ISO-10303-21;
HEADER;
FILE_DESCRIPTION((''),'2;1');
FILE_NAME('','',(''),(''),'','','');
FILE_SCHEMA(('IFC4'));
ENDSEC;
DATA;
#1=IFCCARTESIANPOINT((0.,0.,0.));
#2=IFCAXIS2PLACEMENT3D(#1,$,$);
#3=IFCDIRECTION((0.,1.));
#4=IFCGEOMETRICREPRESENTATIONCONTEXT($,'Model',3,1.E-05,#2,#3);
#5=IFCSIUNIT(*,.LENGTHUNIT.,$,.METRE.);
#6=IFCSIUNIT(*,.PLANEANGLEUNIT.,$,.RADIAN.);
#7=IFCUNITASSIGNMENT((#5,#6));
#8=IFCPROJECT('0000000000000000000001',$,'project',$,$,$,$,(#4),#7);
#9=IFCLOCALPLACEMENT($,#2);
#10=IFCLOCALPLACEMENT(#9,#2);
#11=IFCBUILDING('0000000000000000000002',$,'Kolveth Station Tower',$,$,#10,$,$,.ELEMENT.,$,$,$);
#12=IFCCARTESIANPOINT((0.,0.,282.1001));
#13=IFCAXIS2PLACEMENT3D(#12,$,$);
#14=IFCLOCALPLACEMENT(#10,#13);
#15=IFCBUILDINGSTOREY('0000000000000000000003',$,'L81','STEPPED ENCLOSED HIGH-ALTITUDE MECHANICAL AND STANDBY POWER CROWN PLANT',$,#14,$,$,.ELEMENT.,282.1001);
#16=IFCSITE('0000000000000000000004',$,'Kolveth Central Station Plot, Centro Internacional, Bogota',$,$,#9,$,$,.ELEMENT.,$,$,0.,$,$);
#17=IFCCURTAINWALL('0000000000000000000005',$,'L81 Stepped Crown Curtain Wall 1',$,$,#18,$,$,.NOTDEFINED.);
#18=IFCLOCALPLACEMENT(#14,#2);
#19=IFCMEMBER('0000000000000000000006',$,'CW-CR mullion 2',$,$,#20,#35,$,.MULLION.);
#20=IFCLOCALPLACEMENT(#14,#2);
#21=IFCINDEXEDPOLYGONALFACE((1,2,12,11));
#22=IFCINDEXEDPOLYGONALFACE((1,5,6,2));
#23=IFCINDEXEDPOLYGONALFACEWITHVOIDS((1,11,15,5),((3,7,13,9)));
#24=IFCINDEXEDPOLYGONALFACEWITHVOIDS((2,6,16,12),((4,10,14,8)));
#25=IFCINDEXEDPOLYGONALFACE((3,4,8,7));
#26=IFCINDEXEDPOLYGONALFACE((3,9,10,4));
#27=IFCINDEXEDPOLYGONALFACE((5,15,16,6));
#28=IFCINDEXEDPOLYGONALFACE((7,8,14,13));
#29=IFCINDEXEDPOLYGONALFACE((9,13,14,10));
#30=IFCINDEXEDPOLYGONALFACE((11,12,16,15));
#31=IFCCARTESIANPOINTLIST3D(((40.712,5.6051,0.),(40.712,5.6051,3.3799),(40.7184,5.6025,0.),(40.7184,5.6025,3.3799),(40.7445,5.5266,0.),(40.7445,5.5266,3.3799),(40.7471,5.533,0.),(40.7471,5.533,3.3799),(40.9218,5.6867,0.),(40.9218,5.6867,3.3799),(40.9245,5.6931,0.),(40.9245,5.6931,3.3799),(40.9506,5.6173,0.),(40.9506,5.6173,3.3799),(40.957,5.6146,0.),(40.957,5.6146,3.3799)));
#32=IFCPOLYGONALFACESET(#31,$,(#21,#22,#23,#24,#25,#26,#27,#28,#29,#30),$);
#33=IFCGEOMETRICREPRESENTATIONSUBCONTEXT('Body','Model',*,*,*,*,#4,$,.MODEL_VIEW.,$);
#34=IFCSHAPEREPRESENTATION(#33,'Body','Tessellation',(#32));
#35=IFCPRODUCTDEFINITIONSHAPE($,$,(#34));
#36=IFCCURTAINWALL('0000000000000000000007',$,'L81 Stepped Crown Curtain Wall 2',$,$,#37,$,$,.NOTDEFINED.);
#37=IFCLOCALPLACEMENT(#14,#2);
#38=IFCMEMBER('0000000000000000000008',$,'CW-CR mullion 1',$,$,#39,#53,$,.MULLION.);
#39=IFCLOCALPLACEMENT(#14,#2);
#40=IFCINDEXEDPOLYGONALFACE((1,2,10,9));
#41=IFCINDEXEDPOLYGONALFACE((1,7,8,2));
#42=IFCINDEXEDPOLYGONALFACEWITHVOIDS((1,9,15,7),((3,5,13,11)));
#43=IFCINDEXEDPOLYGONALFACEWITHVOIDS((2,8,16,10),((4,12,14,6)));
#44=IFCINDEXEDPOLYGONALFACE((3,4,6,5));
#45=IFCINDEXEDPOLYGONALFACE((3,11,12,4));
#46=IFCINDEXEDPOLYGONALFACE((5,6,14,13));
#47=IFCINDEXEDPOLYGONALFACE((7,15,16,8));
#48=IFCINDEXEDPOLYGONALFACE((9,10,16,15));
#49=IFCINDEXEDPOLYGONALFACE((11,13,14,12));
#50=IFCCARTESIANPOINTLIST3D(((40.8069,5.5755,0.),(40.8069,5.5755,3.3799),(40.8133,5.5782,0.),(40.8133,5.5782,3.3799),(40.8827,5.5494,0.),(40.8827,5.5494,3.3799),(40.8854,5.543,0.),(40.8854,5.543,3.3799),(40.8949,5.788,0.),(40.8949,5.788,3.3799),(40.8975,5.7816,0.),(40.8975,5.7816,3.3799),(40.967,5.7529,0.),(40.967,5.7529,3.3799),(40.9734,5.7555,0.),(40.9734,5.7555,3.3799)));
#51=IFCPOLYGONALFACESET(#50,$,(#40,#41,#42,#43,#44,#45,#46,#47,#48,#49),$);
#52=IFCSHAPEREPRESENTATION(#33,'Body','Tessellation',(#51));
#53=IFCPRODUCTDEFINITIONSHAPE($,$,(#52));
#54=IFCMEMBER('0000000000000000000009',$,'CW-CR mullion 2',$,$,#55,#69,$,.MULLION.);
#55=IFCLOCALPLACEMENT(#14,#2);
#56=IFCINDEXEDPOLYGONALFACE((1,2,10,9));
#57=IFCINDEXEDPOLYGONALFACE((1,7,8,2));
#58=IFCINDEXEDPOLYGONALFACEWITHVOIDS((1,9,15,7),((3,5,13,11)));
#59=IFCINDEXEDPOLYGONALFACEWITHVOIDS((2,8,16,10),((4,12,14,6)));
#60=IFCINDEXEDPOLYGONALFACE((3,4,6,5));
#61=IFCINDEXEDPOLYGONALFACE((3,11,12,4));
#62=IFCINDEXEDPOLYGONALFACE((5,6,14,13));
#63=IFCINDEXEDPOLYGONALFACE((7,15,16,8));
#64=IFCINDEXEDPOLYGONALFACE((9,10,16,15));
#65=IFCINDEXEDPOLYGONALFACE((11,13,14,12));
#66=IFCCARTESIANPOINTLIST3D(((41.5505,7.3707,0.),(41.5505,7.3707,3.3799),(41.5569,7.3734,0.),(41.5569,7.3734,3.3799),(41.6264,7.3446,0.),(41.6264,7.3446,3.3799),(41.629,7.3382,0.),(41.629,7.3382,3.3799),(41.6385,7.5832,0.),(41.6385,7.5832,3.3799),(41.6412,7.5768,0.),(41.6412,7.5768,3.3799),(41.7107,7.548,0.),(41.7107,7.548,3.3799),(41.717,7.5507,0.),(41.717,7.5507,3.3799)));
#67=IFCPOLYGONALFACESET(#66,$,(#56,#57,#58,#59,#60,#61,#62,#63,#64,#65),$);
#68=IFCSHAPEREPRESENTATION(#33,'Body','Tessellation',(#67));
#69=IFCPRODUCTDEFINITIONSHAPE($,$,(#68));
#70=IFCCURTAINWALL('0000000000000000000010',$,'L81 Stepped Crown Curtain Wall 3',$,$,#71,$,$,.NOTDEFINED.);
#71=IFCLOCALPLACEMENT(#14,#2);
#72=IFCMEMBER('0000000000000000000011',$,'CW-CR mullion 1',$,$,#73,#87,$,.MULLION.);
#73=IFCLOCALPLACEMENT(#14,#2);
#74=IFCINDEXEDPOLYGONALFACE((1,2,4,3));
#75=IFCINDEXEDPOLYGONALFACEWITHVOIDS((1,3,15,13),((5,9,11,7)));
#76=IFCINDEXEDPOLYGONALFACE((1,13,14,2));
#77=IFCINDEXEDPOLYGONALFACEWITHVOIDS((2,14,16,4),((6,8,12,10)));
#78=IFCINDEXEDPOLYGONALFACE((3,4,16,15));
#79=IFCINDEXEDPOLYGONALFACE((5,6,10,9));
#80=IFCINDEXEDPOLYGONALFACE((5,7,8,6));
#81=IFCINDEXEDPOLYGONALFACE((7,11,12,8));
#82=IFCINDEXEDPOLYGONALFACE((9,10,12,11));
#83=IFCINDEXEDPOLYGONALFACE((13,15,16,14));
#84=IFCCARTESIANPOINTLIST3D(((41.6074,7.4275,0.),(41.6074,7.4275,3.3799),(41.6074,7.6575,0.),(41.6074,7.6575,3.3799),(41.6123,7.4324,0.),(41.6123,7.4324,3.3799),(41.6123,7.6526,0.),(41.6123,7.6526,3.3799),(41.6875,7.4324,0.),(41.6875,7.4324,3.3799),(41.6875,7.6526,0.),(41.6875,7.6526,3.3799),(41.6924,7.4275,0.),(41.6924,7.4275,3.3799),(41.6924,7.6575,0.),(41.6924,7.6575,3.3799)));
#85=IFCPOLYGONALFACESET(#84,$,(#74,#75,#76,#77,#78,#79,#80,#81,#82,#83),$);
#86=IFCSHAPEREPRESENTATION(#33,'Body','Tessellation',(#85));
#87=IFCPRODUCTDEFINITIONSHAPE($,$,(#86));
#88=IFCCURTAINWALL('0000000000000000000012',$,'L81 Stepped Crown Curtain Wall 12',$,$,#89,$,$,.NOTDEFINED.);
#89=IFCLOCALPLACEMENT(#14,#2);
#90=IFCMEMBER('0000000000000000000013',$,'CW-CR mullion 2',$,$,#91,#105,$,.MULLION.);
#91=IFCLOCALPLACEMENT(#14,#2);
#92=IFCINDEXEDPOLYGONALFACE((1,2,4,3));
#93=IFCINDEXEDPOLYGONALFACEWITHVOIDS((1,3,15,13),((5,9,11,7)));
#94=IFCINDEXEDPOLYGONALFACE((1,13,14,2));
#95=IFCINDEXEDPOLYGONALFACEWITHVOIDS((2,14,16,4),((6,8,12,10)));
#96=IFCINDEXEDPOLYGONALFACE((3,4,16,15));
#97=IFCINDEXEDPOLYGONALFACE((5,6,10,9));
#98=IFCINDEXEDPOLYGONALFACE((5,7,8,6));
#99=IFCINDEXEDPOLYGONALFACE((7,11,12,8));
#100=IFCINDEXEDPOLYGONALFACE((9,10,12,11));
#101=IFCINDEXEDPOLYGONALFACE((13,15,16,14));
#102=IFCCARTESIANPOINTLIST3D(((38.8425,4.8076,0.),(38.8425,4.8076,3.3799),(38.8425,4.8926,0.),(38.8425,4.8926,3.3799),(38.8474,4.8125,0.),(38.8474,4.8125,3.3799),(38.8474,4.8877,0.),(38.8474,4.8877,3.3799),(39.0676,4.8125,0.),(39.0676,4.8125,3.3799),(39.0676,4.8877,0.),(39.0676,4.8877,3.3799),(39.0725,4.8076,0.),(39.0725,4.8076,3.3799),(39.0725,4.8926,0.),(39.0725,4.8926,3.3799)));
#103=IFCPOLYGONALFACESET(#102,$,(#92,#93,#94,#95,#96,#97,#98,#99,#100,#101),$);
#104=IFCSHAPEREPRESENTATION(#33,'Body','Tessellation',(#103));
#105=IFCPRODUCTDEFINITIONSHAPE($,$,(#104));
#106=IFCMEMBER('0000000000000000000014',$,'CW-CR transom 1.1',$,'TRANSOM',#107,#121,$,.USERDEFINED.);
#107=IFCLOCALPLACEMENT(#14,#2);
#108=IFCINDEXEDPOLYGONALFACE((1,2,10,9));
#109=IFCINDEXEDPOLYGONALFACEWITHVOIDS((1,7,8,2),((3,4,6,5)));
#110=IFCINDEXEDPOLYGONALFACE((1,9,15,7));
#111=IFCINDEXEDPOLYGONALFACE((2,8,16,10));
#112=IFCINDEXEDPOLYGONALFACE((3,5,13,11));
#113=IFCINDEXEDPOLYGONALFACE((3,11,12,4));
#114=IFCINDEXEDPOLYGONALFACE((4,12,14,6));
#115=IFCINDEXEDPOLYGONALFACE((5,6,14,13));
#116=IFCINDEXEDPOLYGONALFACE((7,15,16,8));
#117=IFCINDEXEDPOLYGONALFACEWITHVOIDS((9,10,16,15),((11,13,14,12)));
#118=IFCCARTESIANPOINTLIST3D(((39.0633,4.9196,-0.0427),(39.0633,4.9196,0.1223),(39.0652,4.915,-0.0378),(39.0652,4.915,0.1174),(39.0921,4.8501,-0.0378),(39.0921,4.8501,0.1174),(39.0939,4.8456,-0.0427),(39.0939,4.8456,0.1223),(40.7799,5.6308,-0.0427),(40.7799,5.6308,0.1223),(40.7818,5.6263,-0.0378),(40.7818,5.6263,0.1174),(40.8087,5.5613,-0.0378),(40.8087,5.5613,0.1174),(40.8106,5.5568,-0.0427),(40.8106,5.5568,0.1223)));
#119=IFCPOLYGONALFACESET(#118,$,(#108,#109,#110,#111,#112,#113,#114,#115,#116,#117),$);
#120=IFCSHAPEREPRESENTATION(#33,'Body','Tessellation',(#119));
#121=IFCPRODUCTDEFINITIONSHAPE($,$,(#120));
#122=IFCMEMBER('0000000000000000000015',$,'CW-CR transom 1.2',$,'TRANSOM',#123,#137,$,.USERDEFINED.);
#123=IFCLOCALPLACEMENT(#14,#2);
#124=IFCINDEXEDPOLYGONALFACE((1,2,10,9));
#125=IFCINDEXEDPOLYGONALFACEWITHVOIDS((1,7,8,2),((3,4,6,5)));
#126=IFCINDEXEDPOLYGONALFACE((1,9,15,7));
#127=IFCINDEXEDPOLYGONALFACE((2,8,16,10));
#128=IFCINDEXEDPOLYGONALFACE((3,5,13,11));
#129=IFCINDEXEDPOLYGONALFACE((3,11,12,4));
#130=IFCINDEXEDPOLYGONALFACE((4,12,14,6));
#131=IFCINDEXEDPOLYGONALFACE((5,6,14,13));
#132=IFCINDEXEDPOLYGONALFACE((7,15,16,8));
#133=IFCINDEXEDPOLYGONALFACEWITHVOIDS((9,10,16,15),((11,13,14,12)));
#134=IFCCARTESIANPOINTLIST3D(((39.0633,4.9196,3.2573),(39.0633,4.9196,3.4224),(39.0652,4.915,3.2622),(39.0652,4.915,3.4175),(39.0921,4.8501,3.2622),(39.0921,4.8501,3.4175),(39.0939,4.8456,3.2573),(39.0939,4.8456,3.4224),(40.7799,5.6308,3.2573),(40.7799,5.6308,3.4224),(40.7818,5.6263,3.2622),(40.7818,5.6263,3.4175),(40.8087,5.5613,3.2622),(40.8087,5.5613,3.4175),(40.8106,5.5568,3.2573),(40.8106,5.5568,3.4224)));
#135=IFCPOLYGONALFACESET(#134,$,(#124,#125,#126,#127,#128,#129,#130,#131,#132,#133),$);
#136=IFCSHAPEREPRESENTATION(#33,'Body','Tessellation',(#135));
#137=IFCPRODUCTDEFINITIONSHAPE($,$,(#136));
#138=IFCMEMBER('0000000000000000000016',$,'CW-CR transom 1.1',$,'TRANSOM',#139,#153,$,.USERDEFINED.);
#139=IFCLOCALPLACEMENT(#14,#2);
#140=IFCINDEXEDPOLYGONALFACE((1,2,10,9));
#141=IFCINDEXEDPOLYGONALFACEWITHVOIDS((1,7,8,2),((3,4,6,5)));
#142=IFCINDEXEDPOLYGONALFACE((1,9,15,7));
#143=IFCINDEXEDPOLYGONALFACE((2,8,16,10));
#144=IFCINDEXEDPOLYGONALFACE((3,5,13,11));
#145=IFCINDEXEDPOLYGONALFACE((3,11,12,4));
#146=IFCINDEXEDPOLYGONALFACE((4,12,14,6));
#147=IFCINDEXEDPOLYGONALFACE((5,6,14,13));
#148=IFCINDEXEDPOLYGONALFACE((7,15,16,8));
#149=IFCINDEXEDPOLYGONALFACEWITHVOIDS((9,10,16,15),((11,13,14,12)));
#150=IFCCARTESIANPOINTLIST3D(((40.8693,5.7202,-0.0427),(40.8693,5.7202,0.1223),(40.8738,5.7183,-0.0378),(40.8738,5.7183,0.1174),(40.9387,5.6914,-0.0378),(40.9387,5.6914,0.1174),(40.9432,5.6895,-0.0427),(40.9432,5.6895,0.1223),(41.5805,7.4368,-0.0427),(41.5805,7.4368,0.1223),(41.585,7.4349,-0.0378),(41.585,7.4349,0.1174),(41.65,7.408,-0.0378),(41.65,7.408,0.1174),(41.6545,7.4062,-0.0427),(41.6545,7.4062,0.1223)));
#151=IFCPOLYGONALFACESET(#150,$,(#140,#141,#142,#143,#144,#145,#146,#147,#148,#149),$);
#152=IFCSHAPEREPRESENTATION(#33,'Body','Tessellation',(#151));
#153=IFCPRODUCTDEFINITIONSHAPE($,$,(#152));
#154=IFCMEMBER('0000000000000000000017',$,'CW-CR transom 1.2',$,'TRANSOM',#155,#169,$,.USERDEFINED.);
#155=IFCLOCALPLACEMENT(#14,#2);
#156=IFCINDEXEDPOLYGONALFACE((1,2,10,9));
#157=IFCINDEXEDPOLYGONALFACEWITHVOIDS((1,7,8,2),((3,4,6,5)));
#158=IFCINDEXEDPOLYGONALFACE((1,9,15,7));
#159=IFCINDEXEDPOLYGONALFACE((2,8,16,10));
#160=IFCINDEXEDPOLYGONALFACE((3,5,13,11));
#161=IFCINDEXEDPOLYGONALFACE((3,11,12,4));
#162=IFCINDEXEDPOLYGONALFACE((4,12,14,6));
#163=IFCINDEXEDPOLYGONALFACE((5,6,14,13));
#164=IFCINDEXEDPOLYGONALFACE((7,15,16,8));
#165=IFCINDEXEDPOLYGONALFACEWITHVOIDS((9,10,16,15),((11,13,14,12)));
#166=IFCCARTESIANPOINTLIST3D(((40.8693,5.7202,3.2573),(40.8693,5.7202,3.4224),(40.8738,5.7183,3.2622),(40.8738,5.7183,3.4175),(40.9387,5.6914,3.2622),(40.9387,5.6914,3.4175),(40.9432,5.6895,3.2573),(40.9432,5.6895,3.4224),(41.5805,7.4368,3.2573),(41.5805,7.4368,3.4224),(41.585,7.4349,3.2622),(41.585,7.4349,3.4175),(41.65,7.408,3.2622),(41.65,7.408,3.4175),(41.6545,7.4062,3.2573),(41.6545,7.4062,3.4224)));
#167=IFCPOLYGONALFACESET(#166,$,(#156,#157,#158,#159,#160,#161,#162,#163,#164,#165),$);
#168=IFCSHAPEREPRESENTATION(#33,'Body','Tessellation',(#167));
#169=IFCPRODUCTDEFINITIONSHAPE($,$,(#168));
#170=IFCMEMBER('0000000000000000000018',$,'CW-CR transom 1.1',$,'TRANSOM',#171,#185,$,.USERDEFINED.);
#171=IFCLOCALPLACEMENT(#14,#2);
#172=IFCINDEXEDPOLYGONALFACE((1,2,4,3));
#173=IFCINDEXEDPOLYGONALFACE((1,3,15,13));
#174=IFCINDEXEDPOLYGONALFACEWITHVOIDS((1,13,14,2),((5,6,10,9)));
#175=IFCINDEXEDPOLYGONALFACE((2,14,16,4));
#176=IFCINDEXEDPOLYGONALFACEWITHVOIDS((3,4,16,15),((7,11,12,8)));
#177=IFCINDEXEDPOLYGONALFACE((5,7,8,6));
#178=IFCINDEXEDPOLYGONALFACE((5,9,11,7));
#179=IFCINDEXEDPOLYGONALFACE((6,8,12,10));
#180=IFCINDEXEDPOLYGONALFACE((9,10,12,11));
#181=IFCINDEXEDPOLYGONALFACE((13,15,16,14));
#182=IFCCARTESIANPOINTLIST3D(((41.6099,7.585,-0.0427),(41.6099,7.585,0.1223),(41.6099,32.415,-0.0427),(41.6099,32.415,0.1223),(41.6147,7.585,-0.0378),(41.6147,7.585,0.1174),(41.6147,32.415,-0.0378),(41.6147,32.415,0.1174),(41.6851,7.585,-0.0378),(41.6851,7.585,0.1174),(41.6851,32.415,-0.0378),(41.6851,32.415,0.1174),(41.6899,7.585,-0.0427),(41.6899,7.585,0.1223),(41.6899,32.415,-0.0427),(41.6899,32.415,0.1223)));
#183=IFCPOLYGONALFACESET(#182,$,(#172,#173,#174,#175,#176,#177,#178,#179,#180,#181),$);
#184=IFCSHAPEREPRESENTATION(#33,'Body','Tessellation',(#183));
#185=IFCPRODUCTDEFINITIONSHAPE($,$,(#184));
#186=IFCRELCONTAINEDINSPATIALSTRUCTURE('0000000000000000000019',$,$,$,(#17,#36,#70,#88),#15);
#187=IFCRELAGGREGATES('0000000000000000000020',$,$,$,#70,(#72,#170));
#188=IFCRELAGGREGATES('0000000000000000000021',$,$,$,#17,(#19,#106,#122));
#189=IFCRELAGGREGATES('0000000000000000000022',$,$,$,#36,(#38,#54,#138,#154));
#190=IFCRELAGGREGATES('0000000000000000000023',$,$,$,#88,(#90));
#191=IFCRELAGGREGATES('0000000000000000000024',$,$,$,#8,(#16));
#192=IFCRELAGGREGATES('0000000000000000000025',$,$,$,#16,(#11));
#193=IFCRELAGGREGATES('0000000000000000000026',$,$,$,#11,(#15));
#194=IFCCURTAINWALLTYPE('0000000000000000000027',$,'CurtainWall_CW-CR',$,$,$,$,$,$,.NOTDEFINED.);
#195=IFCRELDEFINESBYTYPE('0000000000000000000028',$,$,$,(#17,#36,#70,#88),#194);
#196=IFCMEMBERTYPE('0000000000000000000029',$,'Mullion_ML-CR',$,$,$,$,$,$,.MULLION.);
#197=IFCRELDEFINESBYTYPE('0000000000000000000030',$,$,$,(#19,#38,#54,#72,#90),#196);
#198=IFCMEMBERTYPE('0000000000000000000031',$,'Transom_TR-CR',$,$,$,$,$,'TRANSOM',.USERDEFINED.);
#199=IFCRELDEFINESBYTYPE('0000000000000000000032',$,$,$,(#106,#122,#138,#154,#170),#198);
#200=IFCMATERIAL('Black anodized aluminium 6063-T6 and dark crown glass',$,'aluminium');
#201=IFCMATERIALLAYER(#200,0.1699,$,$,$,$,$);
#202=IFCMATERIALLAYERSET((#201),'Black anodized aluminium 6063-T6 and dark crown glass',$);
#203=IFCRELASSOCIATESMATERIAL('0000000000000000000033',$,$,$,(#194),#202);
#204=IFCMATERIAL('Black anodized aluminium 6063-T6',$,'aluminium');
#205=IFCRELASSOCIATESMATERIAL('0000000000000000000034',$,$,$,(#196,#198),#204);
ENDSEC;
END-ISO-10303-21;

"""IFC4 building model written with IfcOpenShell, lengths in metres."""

from ifc_helpers import new_model, si_unit, direction, frame, origin, origin_2d, place, context, subcontext, project, spatial, hollow_rectangle, extrude, source, transform, mapped, material, layer, layer_set, material_profile, profile_set, type_object, element, aggregate, save


model = new_model("IFC4")

# Units and contexts
model_context = context("Model", 3, precision=1e-05, world=origin(), true_north=direction((0.0, 1.0)))
body_context = subcontext(model_context, "Body", "Model", "MODEL_VIEW")
ifc_project = project(units=[si_unit("LENGTHUNIT", "METRE"), si_unit("PLANEANGLEUNIT", "RADIAN")], contexts=[model_context])

# Site, building, storey
site_placement = place(None, origin())
site = spatial("IfcSite", under=ifc_project, at=site_placement, Name="Kolveth Central Station Plot, Centro Internacional, Bogota", CompositionType="ELEMENT", RefElevation=0.0)
building_placement = place(site_placement, origin())
building = spatial("IfcBuilding", under=site, at=building_placement, Name="Kolveth Station Tower", CompositionType="ELEMENT")
storey_placement = place(building_placement, frame((0.0, 0.0, 282.1001)))
storey = spatial("IfcBuildingStorey", under=building, at=storey_placement, Name="L81", Description="STEPPED ENCLOSED HIGH-ALTITUDE MECHANICAL AND STANDBY POWER CROWN PLANT", CompositionType="ELEMENT", Elevation=282.1001)

# Curtain walls, members
ifc_material_1 = material(Name="Black anodized aluminium 6063-T6 and dark crown glass", Category="aluminium")
ifc_layer_1 = layer(ifc_material_1, 0.1699)
ifc_layer_set_1 = layer_set([ifc_layer_1], Name="Black anodized aluminium 6063-T6 and dark crown glass")
curtain_wall_type = type_object("IfcCurtainWallType", Name="CurtainWall_CW-CR", PredefinedType="NOTDEFINED", material=ifc_layer_set_1)
curtain_wall_1_placement = place(storey_placement, origin())
curtain_wall_1 = element("IfcCurtainWall", 1, at=curtain_wall_1_placement, inside=storey, type_object=curtain_wall_type, Name="L81 Stepped Crown Curtain Wall 1", PredefinedType="NOTDEFINED")
ifc_material_2 = material(Name="Black anodized aluminium 6063-T6", Category="aluminium")
ifc_material_profile_1 = material_profile(ifc_material_2, hollow_rectangle(XDim=0.085, YDim=0.23, WallThickness=0.0049, at=origin_2d()), Name="ALU-85x230x5")
ifc_profile_set_1 = profile_set([ifc_material_profile_1], Name="Black anodized aluminium 6063-T6")
member_type_1 = type_object("IfcMemberType", Name="Mullion_ML-CR", PredefinedType="MULLION", material=ifc_profile_set_1)
shared_shape_1 = source(origin(), body_context, "Body", "SweptSolid", [
    extrude(hollow_rectangle(XDim=0.085, YDim=0.23, WallThickness=0.0049, at=origin_2d()), origin(), (0.0, 0.0, 1.0), 3.3799),
])
member_1_placement = place(storey_placement, frame((40.8345, 5.6099, 0.0), z_axis=(0.0, 0.0, 1.0), x_axis=(-0.382703, 0.923871, 0.0)))
member_1 = element("IfcMember", 2, at=member_1_placement, type_object=member_type_1, Name="CW-CR mullion 2", PredefinedType="MULLION", context=body_context, shape_type="MappedRepresentation", body=[
    mapped(shared_shape_1, transform((0.0, 0.0, 0.0), x_axis=(1.0, 0.0, 0.0), y_axis=(0.0, 1.0, 0.0), z_axis=(0.0, 0.0, 1.0), scale=1.0)),
])
curtain_wall_2_placement = place(storey_placement, origin())
curtain_wall_2 = element("IfcCurtainWall", 3, at=curtain_wall_2_placement, inside=storey, type_object=curtain_wall_type, Name="L81 Stepped Crown Curtain Wall 2", PredefinedType="NOTDEFINED")
member_2_placement = place(storey_placement, frame((40.8901, 5.6655, 0.0), z_axis=(0.0, 0.0, 1.0), x_axis=(-0.923871, 0.382703, 0.0)))
member_2 = element("IfcMember", 4, at=member_2_placement, type_object=member_type_1, Name="CW-CR mullion 1", PredefinedType="MULLION", context=body_context, shape_type="MappedRepresentation", body=[
    mapped(shared_shape_1, transform((0.0, 0.0, 0.0), x_axis=(1.0, 0.0, 0.0), y_axis=(0.0, 1.0, 0.0), z_axis=(0.0, 0.0, 1.0), scale=1.0)),
])
member_3_placement = place(storey_placement, frame((41.6338, 7.4607, 0.0), z_axis=(0.0, 0.0, 1.0), x_axis=(-0.923871, 0.382703, 0.0)))
member_3 = element("IfcMember", 5, at=member_3_placement, type_object=member_type_1, Name="CW-CR mullion 2", PredefinedType="MULLION", context=body_context, shape_type="MappedRepresentation", body=[
    mapped(shared_shape_1, transform((0.0, 0.0, 0.0), x_axis=(1.0, 0.0, 0.0), y_axis=(0.0, 1.0, 0.0), z_axis=(0.0, 0.0, 1.0), scale=1.0)),
])

# Curtain walls, members
curtain_wall_3_placement = place(storey_placement, origin())
curtain_wall_3 = element("IfcCurtainWall", 6, at=curtain_wall_3_placement, inside=storey, type_object=curtain_wall_type, Name="L81 Stepped Crown Curtain Wall 3", PredefinedType="NOTDEFINED")
member_4_placement = place(storey_placement, frame((41.6499, 7.5425, 0.0), z_axis=(0.0, 0.0, 1.0), x_axis=(-1.0, 0.0, 0.0)))
member_4 = element("IfcMember", 7, at=member_4_placement, type_object=member_type_1, Name="CW-CR mullion 1", PredefinedType="MULLION", context=body_context, shape_type="MappedRepresentation", body=[
    mapped(shared_shape_1, transform((0.0, 0.0, 0.0), x_axis=(1.0, 0.0, 0.0), y_axis=(0.0, 1.0, 0.0), z_axis=(0.0, 0.0, 1.0), scale=1.0)),
])
curtain_wall_4_placement = place(storey_placement, origin())
curtain_wall_4 = element("IfcCurtainWall", 8, at=curtain_wall_4_placement, inside=storey, type_object=curtain_wall_type, Name="L81 Stepped Crown Curtain Wall 12", PredefinedType="NOTDEFINED")
member_5_placement = place(storey_placement, frame((38.9575, 4.8501, 0.0), z_axis=(0.0, 0.0, 1.0), x_axis=(0.0, 1.0, 0.0)))
member_5 = element("IfcMember", 9, at=member_5_placement, type_object=member_type_1, Name="CW-CR mullion 2", PredefinedType="MULLION", context=body_context, shape_type="MappedRepresentation", body=[
    mapped(shared_shape_1, transform((0.0, 0.0, 0.0), x_axis=(1.0, 0.0, 0.0), y_axis=(0.0, 1.0, 0.0), z_axis=(0.0, 0.0, 1.0), scale=1.0)),
])

# Members
ifc_material_profile_2 = material_profile(ifc_material_2, hollow_rectangle(XDim=0.0801, YDim=0.165, WallThickness=0.0049, at=origin_2d()), Name="ALU-80x165x5")
ifc_profile_set_2 = profile_set([ifc_material_profile_2], Name="Black anodized aluminium 6063-T6")
member_type_2 = type_object("IfcMemberType", Name="Transom_TR-CR", ElementType="TRANSOM", PredefinedType="USERDEFINED", material=ifc_profile_set_2)
shared_shape_2 = source(origin(), body_context, "Body", "SweptSolid", [
    extrude(hollow_rectangle(XDim=0.0801, YDim=0.165, WallThickness=0.0049, at=origin_2d()), origin(), (0.0, 0.0, 1.0), 1.8582),
])
member_6_placement = place(storey_placement, frame((39.0786, 4.8826, 0.0398), z_axis=(0.923849, 0.382758, 0.0), x_axis=(-0.382758, 0.923849, 0.0)))
member_6 = element("IfcMember", 10, at=member_6_placement, type_object=member_type_2, Name="CW-CR transom 1.1", ObjectType="TRANSOM", PredefinedType="USERDEFINED", context=body_context, shape_type="MappedRepresentation", body=[
    mapped(shared_shape_2, transform((0.0, 0.0, 0.0), x_axis=(1.0, 0.0, 0.0), y_axis=(0.0, 1.0, 0.0), z_axis=(0.0, 0.0, 1.0), scale=1.0)),
])
member_7_placement = place(storey_placement, frame((39.0786, 4.8826, 3.3398), z_axis=(0.923849, 0.382758, 0.0), x_axis=(-0.382758, 0.923849, 0.0)))
member_7 = element("IfcMember", 11, at=member_7_placement, type_object=member_type_2, Name="CW-CR transom 1.2", ObjectType="TRANSOM", PredefinedType="USERDEFINED", context=body_context, shape_type="MappedRepresentation", body=[
    mapped(shared_shape_2, transform((0.0, 0.0, 0.0), x_axis=(1.0, 0.0, 0.0), y_axis=(0.0, 1.0, 0.0), z_axis=(0.0, 0.0, 1.0), scale=1.0)),
])
member_8_placement = place(storey_placement, frame((40.9062, 5.7048, 0.0398), z_axis=(0.382758, 0.923849, 0.0), x_axis=(-0.923849, 0.382758, 0.0)))
member_8 = element("IfcMember", 12, at=member_8_placement, type_object=member_type_2, Name="CW-CR transom 1.1", ObjectType="TRANSOM", PredefinedType="USERDEFINED", context=body_context, shape_type="MappedRepresentation", body=[
    mapped(shared_shape_2, transform((0.0, 0.0, 0.0), x_axis=(1.0, 0.0, 0.0), y_axis=(0.0, 1.0, 0.0), z_axis=(0.0, 0.0, 1.0), scale=1.0)),
])
member_9_placement = place(storey_placement, frame((40.9062, 5.7048, 3.3398), z_axis=(0.382758, 0.923849, 0.0), x_axis=(-0.923849, 0.382758, 0.0)))
member_9 = element("IfcMember", 13, at=member_9_placement, type_object=member_type_2, Name="CW-CR transom 1.2", ObjectType="TRANSOM", PredefinedType="USERDEFINED", context=body_context, shape_type="MappedRepresentation", body=[
    mapped(shared_shape_2, transform((0.0, 0.0, 0.0), x_axis=(1.0, 0.0, 0.0), y_axis=(0.0, 1.0, 0.0), z_axis=(0.0, 0.0, 1.0), scale=1.0)),
])
shared_shape_3 = source(origin(), body_context, "Body", "SweptSolid", [
    extrude(hollow_rectangle(XDim=0.0801, YDim=0.165, WallThickness=0.0049, at=origin_2d()), origin(), (0.0, 0.0, 1.0), 24.8301),
])
member_10_placement = place(storey_placement, frame((41.6499, 7.585, 0.0398), z_axis=(0.0, 1.0, 0.0), x_axis=(-1.0, 0.0, 0.0)))
member_10 = element("IfcMember", 14, at=member_10_placement, type_object=member_type_2, Name="CW-CR transom 1.1", ObjectType="TRANSOM", PredefinedType="USERDEFINED", context=body_context, shape_type="MappedRepresentation", body=[
    mapped(shared_shape_3, transform((0.0, 0.0, 0.0), x_axis=(1.0, 0.0, 0.0), y_axis=(0.0, 1.0, 0.0), z_axis=(0.0, 0.0, 1.0), scale=1.0)),
])
aggregate(curtain_wall_3, [member_4, member_10])

aggregate(curtain_wall_1, [member_1, member_6, member_7])
aggregate(curtain_wall_2, [member_2, member_3, member_8, member_9])
aggregate(curtain_wall_4, [member_5])

save(model, "model.ifc")
